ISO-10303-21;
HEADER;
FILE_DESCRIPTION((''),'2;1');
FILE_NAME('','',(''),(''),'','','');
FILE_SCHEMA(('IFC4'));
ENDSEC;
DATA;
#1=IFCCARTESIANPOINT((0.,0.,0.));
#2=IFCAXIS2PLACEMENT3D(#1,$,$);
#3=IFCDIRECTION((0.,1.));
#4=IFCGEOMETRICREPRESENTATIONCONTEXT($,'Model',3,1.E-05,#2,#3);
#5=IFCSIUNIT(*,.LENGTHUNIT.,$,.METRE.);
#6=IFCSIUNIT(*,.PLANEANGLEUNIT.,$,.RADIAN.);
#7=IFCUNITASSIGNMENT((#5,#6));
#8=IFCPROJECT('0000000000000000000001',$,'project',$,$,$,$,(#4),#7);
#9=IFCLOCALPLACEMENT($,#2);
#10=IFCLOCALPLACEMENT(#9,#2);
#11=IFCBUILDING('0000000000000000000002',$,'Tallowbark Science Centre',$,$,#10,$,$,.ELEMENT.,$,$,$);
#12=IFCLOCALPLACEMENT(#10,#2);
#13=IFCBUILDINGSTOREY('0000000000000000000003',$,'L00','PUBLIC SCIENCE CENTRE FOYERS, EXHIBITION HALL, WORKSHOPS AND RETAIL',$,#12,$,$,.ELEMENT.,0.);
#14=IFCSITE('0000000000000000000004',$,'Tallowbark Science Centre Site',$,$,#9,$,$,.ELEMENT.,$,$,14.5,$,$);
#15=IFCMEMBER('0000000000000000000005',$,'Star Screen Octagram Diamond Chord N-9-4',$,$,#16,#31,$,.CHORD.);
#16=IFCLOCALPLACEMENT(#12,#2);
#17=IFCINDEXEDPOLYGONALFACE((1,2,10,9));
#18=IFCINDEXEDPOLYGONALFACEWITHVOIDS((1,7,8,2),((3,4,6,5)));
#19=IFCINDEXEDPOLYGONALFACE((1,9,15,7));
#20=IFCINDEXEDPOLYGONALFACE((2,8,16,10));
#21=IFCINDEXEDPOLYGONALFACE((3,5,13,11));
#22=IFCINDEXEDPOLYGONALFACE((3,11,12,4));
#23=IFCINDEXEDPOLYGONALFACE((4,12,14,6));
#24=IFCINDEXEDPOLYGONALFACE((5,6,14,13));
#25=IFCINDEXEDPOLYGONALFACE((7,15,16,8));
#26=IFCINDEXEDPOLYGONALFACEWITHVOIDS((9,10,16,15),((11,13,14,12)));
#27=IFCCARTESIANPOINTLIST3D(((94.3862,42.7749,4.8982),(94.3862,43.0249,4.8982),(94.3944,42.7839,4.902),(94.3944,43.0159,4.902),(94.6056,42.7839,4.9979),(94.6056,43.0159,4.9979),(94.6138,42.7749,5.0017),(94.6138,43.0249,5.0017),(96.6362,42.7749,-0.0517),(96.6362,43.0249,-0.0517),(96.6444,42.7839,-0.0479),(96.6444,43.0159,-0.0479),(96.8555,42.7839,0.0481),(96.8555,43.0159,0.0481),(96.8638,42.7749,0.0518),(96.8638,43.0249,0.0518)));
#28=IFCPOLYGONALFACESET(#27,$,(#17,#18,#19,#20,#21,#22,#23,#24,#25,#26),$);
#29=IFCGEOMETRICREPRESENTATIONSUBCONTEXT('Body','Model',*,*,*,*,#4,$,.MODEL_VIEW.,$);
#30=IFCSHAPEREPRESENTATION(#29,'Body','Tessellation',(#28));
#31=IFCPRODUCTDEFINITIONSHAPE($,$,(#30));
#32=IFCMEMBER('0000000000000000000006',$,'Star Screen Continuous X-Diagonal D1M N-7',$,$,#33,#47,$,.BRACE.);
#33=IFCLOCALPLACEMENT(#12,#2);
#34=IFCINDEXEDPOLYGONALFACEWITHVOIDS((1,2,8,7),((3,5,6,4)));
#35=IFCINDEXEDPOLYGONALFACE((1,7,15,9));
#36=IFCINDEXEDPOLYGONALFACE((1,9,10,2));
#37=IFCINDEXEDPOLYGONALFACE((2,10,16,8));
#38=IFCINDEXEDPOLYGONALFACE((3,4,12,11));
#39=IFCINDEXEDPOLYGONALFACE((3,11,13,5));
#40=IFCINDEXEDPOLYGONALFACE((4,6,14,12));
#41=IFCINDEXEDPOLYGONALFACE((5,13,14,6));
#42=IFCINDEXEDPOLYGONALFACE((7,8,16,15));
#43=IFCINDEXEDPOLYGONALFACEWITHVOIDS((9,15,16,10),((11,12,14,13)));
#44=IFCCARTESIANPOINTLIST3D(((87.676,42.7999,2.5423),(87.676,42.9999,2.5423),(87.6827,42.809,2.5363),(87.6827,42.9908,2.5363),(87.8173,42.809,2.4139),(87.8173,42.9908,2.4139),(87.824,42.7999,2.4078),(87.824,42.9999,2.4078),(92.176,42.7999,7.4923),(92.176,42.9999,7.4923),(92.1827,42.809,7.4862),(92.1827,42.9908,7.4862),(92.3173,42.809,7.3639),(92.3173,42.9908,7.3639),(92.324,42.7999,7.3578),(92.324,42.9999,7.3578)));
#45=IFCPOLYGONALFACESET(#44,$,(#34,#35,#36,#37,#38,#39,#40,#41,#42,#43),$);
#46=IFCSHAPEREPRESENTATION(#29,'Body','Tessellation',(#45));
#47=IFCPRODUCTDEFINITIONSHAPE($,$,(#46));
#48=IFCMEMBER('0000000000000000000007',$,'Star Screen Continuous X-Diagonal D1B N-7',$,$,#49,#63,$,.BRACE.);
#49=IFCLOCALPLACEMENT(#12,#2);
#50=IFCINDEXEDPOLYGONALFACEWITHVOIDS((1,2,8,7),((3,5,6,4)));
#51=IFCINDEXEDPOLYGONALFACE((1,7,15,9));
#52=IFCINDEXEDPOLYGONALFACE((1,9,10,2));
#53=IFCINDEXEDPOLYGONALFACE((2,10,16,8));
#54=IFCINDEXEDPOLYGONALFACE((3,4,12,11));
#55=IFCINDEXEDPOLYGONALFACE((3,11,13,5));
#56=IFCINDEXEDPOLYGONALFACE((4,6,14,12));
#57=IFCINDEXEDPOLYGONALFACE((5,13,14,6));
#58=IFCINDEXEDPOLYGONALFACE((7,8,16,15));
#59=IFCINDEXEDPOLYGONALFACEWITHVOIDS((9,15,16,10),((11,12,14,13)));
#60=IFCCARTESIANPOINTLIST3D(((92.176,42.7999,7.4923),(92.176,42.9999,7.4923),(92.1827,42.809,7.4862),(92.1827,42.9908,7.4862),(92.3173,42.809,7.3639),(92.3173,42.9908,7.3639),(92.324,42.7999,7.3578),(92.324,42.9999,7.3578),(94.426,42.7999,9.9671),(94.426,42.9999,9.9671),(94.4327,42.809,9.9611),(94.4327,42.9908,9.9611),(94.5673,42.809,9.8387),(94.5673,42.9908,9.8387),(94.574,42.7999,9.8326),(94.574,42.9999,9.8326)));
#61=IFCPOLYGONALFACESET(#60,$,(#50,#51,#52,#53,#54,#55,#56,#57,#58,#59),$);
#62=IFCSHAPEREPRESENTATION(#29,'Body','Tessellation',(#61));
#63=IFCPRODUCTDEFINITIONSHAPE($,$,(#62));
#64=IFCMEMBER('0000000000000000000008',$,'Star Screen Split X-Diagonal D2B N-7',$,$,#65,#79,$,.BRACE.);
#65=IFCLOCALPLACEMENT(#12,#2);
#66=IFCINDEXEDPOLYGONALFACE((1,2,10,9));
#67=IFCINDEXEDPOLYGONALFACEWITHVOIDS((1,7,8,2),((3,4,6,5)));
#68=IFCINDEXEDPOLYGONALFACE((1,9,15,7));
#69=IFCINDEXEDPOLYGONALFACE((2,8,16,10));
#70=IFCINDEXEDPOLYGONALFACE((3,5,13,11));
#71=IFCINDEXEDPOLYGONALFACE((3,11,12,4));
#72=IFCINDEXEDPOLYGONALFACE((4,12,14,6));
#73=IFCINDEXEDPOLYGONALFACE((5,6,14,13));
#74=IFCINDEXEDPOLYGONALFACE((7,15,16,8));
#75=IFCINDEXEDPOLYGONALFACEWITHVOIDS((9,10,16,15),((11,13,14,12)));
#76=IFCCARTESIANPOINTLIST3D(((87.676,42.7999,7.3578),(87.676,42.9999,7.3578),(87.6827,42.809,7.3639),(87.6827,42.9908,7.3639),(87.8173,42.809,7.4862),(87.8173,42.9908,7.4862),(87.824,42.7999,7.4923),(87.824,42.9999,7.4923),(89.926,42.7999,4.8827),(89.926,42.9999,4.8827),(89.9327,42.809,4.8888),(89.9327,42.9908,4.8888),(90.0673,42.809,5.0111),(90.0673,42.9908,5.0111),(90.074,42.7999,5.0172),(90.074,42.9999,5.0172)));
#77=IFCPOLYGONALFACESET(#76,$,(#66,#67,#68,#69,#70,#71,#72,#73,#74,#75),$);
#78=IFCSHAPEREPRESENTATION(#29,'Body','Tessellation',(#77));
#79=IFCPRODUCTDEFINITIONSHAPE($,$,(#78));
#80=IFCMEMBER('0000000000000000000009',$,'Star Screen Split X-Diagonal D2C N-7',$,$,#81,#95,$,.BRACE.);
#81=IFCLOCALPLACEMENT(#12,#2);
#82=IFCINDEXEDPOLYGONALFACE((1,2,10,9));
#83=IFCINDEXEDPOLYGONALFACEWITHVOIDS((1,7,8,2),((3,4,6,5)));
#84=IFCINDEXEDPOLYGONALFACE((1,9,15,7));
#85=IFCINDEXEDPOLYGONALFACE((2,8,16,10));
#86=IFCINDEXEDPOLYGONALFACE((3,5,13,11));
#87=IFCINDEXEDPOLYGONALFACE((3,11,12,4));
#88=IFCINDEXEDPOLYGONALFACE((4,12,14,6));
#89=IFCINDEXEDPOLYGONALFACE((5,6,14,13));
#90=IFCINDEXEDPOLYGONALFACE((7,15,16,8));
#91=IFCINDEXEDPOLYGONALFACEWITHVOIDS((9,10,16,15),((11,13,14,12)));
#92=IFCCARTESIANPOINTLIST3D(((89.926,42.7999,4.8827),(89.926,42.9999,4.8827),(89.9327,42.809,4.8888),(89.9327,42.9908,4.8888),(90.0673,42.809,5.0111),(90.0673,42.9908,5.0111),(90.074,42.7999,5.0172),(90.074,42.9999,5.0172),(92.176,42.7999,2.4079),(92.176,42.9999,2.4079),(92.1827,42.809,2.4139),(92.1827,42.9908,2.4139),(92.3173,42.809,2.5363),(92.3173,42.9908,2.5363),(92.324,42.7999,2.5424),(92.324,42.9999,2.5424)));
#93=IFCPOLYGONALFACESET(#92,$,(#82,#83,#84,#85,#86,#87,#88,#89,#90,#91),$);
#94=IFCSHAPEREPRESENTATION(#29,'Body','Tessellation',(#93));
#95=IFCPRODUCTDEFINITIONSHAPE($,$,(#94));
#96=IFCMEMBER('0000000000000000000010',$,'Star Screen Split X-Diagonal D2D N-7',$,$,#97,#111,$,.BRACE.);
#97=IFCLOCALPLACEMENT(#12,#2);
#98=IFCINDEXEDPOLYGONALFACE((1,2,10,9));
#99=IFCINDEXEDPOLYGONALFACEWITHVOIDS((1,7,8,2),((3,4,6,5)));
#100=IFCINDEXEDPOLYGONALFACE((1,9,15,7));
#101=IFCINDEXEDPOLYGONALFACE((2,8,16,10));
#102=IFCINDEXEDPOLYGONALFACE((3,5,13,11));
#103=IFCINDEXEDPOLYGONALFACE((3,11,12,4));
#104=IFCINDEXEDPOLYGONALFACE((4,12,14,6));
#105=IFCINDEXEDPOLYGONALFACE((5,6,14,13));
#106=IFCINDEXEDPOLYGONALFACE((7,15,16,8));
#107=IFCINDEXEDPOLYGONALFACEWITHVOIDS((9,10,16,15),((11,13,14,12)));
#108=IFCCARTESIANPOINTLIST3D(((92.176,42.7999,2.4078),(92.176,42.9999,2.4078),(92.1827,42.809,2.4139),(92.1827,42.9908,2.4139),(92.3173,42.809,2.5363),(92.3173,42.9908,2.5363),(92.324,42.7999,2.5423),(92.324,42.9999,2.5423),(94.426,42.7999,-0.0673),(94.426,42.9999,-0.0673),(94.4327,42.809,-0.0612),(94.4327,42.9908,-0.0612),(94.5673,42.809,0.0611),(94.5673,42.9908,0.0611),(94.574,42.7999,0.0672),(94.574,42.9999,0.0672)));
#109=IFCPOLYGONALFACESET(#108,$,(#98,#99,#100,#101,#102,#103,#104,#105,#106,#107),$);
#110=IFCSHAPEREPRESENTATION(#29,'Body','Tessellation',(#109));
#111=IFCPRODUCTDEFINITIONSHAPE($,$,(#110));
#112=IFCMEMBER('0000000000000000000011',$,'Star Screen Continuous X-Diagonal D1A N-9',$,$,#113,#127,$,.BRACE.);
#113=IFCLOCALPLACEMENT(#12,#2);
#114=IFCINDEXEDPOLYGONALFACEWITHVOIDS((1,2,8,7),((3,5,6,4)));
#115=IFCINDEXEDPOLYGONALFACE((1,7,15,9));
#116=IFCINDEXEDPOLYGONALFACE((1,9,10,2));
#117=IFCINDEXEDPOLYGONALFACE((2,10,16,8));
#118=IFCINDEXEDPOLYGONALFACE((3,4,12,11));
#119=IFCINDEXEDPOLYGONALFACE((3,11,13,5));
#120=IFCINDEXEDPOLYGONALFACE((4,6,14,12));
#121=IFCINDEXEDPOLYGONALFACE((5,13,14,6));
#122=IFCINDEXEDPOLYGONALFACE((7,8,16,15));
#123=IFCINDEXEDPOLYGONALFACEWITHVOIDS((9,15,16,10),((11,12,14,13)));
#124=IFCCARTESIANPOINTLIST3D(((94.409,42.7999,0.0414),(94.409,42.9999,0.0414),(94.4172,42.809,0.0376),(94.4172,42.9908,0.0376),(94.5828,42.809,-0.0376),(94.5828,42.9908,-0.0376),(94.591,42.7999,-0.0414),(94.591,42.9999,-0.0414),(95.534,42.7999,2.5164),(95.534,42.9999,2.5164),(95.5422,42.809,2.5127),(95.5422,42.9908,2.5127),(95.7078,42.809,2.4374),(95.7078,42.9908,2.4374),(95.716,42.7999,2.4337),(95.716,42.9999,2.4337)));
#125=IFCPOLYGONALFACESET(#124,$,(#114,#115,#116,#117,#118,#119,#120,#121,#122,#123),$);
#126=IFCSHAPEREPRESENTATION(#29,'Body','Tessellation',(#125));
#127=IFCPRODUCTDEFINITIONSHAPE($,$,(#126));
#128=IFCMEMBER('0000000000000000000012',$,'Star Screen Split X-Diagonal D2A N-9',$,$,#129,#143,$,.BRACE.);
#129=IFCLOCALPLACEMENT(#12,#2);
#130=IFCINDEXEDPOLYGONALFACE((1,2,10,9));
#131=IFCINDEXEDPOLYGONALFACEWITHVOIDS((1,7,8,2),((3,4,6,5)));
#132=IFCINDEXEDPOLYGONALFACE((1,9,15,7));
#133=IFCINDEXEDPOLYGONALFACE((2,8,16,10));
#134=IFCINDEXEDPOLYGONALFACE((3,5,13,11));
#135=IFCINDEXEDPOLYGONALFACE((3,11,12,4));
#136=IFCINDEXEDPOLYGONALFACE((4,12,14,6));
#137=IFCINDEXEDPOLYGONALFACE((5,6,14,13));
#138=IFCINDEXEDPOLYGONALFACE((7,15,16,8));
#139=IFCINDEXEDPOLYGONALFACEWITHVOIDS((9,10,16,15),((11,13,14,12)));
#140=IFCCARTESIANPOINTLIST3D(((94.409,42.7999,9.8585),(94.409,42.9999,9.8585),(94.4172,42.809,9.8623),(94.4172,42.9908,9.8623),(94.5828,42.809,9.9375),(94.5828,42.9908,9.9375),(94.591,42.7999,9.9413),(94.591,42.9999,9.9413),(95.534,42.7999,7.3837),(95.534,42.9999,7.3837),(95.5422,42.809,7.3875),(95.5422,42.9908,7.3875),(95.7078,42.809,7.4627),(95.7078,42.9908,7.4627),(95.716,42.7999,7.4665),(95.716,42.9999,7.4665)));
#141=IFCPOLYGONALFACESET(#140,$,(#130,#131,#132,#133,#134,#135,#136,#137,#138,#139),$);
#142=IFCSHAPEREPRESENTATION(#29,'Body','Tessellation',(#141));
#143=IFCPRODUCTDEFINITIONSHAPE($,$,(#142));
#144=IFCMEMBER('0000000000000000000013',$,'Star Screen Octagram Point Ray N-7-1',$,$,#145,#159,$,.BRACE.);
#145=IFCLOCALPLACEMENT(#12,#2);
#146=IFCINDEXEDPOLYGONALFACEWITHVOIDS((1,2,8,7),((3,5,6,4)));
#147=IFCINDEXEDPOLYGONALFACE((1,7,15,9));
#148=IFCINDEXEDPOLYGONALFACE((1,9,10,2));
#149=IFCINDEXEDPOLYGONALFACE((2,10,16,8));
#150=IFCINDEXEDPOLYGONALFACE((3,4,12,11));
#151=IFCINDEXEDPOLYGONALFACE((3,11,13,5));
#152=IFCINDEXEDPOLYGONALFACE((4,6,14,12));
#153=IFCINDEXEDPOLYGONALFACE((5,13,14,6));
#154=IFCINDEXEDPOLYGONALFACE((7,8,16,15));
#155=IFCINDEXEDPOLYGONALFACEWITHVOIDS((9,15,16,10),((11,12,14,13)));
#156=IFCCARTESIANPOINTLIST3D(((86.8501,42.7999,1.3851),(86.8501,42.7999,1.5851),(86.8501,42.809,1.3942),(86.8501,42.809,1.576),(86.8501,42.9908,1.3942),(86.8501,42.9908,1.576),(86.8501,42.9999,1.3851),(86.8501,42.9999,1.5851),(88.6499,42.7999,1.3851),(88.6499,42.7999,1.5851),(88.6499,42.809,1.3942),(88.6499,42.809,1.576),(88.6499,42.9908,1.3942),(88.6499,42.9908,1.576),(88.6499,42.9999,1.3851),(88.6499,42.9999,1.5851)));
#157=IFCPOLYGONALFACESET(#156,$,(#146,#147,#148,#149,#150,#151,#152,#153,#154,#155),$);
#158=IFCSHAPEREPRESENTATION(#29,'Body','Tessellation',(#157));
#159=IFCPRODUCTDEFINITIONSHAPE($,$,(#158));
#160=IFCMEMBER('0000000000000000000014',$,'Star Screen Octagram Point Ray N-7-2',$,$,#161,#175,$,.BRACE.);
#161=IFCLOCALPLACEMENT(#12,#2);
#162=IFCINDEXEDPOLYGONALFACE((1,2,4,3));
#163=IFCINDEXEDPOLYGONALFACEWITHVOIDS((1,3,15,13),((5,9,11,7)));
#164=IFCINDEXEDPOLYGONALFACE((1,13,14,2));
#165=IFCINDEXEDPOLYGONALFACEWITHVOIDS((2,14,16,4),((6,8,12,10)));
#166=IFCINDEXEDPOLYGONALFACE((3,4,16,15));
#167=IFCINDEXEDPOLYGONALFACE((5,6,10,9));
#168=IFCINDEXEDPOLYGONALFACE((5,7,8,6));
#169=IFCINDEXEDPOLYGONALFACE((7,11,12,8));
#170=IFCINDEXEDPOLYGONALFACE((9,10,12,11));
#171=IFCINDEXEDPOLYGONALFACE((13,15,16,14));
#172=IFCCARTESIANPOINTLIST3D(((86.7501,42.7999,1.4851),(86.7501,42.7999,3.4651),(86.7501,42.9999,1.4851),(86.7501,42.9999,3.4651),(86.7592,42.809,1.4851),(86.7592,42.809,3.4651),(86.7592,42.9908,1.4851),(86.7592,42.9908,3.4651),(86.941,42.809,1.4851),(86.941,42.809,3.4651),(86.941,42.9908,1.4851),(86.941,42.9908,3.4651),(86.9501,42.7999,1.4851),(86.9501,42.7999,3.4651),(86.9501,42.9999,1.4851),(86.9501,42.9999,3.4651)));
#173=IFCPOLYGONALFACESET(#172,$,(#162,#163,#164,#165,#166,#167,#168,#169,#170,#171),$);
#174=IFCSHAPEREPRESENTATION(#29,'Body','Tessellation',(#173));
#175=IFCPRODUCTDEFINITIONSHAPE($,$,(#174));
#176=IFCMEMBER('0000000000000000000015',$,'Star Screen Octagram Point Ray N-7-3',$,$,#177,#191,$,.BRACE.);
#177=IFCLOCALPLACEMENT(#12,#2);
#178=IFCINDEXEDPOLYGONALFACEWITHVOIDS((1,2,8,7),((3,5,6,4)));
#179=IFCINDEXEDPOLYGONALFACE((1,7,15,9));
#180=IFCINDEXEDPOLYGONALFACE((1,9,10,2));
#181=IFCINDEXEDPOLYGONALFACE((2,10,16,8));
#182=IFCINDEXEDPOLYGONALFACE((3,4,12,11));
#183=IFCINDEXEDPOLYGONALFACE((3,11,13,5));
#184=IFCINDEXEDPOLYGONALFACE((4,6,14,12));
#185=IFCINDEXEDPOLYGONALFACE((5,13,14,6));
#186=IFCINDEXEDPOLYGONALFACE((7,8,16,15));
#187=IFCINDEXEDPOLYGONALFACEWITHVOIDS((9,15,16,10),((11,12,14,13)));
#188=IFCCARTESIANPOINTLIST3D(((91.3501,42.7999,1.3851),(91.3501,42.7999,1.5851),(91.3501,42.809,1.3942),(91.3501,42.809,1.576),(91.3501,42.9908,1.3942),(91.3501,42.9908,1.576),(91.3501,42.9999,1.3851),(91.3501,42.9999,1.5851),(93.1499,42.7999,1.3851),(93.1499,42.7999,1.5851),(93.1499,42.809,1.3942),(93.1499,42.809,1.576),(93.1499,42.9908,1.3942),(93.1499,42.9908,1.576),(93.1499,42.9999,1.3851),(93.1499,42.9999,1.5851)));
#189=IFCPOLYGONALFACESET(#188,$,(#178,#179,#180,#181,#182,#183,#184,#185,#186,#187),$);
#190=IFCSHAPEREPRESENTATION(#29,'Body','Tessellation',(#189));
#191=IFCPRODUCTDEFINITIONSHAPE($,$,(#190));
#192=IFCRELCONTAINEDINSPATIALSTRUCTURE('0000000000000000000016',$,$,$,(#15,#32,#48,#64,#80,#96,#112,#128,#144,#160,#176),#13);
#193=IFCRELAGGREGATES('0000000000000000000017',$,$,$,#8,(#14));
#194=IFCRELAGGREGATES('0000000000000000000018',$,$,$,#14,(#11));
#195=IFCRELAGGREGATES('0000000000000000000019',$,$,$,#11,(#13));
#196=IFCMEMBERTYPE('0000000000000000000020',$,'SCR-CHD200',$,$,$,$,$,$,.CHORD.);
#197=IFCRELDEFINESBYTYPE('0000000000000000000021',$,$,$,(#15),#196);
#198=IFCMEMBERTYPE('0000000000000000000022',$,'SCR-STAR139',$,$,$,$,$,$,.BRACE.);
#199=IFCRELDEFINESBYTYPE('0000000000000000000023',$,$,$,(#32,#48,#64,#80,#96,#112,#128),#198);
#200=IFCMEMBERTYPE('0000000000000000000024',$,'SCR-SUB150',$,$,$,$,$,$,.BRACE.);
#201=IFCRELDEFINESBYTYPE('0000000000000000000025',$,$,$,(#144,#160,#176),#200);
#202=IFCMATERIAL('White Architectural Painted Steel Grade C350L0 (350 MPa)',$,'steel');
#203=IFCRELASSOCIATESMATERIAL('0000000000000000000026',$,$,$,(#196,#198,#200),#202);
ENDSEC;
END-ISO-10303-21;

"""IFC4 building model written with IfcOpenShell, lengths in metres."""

from ifc_helpers import new_model, si_unit, direction, frame, origin, origin_2d, place, context, subcontext, project, spatial, hollow_rectangle, extrude, material, material_profile, profile_set, type_object, element, save


model = new_model("IFC4")

# Units and contexts
model_context = context("Model", 3, precision=1e-05, world=origin(), true_north=direction((0.0, 1.0)))
body_context = subcontext(model_context, "Body", "Model", "MODEL_VIEW")
ifc_project = project(units=[si_unit("LENGTHUNIT", "METRE"), si_unit("PLANEANGLEUNIT", "RADIAN")], contexts=[model_context])

# Site, building, storey
site_placement = place(None, origin())
site = spatial("IfcSite", under=ifc_project, at=site_placement, Name="Tallowbark Science Centre Site", CompositionType="ELEMENT", RefElevation=14.5)
building_placement = place(site_placement, origin())
building = spatial("IfcBuilding", under=site, at=building_placement, Name="Tallowbark Science Centre", CompositionType="ELEMENT")
storey_placement = place(building_placement, origin())
storey = spatial("IfcBuildingStorey", under=building, at=storey_placement, Name="L00", Description="PUBLIC SCIENCE CENTRE FOYERS, EXHIBITION HALL, WORKSHOPS AND RETAIL", CompositionType="ELEMENT", Elevation=0.0)

# Shared definitions
ifc_material_1 = material(Name="White Architectural Painted Steel Grade C350L0 (350 MPa)", Category="steel")

# Members
ifc_material_profile_1 = material_profile(ifc_material_1, hollow_rectangle(XDim=0.25, YDim=0.25, WallThickness=0.009, at=origin_2d()), Name="250x250x9.0SHS")
ifc_profile_set_1 = profile_set([ifc_material_profile_1], Name="White Architectural Painted Steel Grade C350L0 (350 MPa)")
member_type_1 = type_object("IfcMemberType", Name="SCR-CHD200", PredefinedType="CHORD", material=ifc_profile_set_1)
member_1_placement = place(storey_placement, frame((94.5, 42.8999, 4.95), z_axis=(0.413806, 0.0, -0.910365), x_axis=(0.0, 1.0, 0.0)))
element("IfcMember", 1, at=member_1_placement, inside=storey, type_object=member_type_1, Name="Star Screen Octagram Diamond Chord N-9-4", PredefinedType="CHORD", context=body_context, shape_type="SweptSolid", body=[
    extrude(hollow_rectangle(XDim=0.25, YDim=0.25, WallThickness=0.009, at=origin_2d()), origin(), (0.0, 0.0, 1.0), 5.4373),
])
ifc_material_profile_2 = material_profile(ifc_material_1, hollow_rectangle(XDim=0.2, YDim=0.2, WallThickness=0.009, at=origin_2d()), Name="200x200x9.0SHS")
ifc_profile_set_2 = profile_set([ifc_material_profile_2], Name="White Architectural Painted Steel Grade C350L0 (350 MPa)")
member_type_2 = type_object("IfcMemberType", Name="SCR-STAR139", PredefinedType="BRACE", material=ifc_profile_set_2)
member_2_placement = place(storey_placement, frame((87.75, 42.8999, 2.4751), z_axis=(0.672676, 0.0, 0.739937), x_axis=(0.0, 1.0, 0.0)))
element("IfcMember", 2, at=member_2_placement, inside=storey, type_object=member_type_2, Name="Star Screen Continuous X-Diagonal D1M N-7", PredefinedType="BRACE", context=body_context, shape_type="SweptSolid", body=[
    extrude(hollow_rectangle(XDim=0.2, YDim=0.2, WallThickness=0.009, at=origin_2d()), origin(), (0.0, 0.0, 1.0), 6.6897),
])
member_3_placement = place(storey_placement, frame((92.25, 42.8999, 7.425), z_axis=(0.672695, 0.0, 0.73992), x_axis=(0.0, 1.0, 0.0)))
element("IfcMember", 3, at=member_3_placement, inside=storey, type_object=member_type_2, Name="Star Screen Continuous X-Diagonal D1B N-7", PredefinedType="BRACE", context=body_context, shape_type="SweptSolid", body=[
    extrude(hollow_rectangle(XDim=0.2, YDim=0.2, WallThickness=0.009, at=origin_2d()), origin(), (0.0, 0.0, 1.0), 3.3447),
])
member_4_placement = place(storey_placement, frame((87.75, 42.8999, 7.425), z_axis=(0.672658, 0.0, -0.739953), x_axis=(0.0, 1.0, 0.0)))
element("IfcMember", 4, at=member_4_placement, inside=storey, type_object=member_type_2, Name="Star Screen Split X-Diagonal D2B N-7", PredefinedType="BRACE", context=body_context, shape_type="SweptSolid", body=[
    extrude(hollow_rectangle(XDim=0.2, YDim=0.2, WallThickness=0.009, at=origin_2d()), origin(), (0.0, 0.0, 1.0), 3.345),
])
member_5_placement = place(storey_placement, frame((90.0, 42.8999, 4.95), z_axis=(0.672695, 0.0, -0.73992), x_axis=(0.0, 1.0, 0.0)))
element("IfcMember", 5, at=member_5_placement, inside=storey, type_object=member_type_2, Name="Star Screen Split X-Diagonal D2C N-7", PredefinedType="BRACE", context=body_context, shape_type="SweptSolid", body=[
    extrude(hollow_rectangle(XDim=0.2, YDim=0.2, WallThickness=0.009, at=origin_2d()), origin(), (0.0, 0.0, 1.0), 3.3447),
])
member_6_placement = place(storey_placement, frame((92.25, 42.8999, 2.4751), z_axis=(0.672658, 0.0, -0.739953), x_axis=(0.0, 1.0, 0.0)))
element("IfcMember", 6, at=member_6_placement, inside=storey, type_object=member_type_2, Name="Star Screen Split X-Diagonal D2D N-7", PredefinedType="BRACE", context=body_context, shape_type="SweptSolid", body=[
    extrude(hollow_rectangle(XDim=0.2, YDim=0.2, WallThickness=0.009, at=origin_2d()), origin(), (0.0, 0.0, 1.0), 3.345),
])
member_7_placement = place(storey_placement, frame((94.5, 42.8999, 0.0), z_axis=(0.413789, 0.0, 0.910373), x_axis=(0.0, 1.0, 0.0)))
element("IfcMember", 7, at=member_7_placement, inside=storey, type_object=member_type_2, Name="Star Screen Continuous X-Diagonal D1A N-9", PredefinedType="BRACE", context=body_context, shape_type="SweptSolid", body=[
    extrude(hollow_rectangle(XDim=0.2, YDim=0.2, WallThickness=0.009, at=origin_2d()), origin(), (0.0, 0.0, 1.0), 2.7188),
])
member_8_placement = place(storey_placement, frame((94.5, 42.8999, 9.8999), z_axis=(0.413823, 0.0, -0.910357), x_axis=(0.0, 1.0, 0.0)))
element("IfcMember", 8, at=member_8_placement, inside=storey, type_object=member_type_2, Name="Star Screen Split X-Diagonal D2A N-9", PredefinedType="BRACE", context=body_context, shape_type="SweptSolid", body=[
    extrude(hollow_rectangle(XDim=0.2, YDim=0.2, WallThickness=0.009, at=origin_2d()), origin(), (0.0, 0.0, 1.0), 2.7185),
])
ifc_material_profile_3 = material_profile(ifc_material_1, hollow_rectangle(XDim=0.2, YDim=0.2, WallThickness=0.009, at=origin_2d()), Name="200x200x9.0SHS")
ifc_profile_set_3 = profile_set([ifc_material_profile_3], Name="White Architectural Painted Steel Grade C350L0 (350 MPa)")
member_type_3 = type_object("IfcMemberType", Name="SCR-SUB150", PredefinedType="BRACE", material=ifc_profile_set_3)
member_9_placement = place(storey_placement, frame((86.8501, 42.8999, 1.4851), z_axis=(1.0, 0.0, 0.0), x_axis=(0.0, 1.0, 0.0)))
element("IfcMember", 9, at=member_9_placement, inside=storey, type_object=member_type_3, Name="Star Screen Octagram Point Ray N-7-1", PredefinedType="BRACE", context=body_context, shape_type="SweptSolid", body=[
    extrude(hollow_rectangle(XDim=0.2, YDim=0.2, WallThickness=0.009, at=origin_2d()), origin(), (0.0, 0.0, 1.0), 1.7998),
])
member_10_placement = place(storey_placement, frame((86.8501, 42.8999, 1.4851), z_axis=(0.0, 0.0, 1.0), x_axis=(1.0, 0.0, 0.0)))
element("IfcMember", 10, at=member_10_placement, inside=storey, type_object=member_type_3, Name="Star Screen Octagram Point Ray N-7-2", PredefinedType="BRACE", context=body_context, shape_type="SweptSolid", body=[
    extrude(hollow_rectangle(XDim=0.2, YDim=0.2, WallThickness=0.009, at=origin_2d()), origin(), (0.0, 0.0, 1.0), 1.98),
])
member_11_placement = place(storey_placement, frame((93.1499, 42.8999, 1.4851), z_axis=(-1.0, 0.0, 0.0), x_axis=(0.0, -1.0, 0.0)))
element("IfcMember", 11, at=member_11_placement, inside=storey, type_object=member_type_3, Name="Star Screen Octagram Point Ray N-7-3", PredefinedType="BRACE", context=body_context, shape_type="SweptSolid", body=[
    extrude(hollow_rectangle(XDim=0.2, YDim=0.2, WallThickness=0.009, at=origin_2d()), origin(), (0.0, 0.0, 1.0), 1.7998),
])

save(model, "model.ifc")
